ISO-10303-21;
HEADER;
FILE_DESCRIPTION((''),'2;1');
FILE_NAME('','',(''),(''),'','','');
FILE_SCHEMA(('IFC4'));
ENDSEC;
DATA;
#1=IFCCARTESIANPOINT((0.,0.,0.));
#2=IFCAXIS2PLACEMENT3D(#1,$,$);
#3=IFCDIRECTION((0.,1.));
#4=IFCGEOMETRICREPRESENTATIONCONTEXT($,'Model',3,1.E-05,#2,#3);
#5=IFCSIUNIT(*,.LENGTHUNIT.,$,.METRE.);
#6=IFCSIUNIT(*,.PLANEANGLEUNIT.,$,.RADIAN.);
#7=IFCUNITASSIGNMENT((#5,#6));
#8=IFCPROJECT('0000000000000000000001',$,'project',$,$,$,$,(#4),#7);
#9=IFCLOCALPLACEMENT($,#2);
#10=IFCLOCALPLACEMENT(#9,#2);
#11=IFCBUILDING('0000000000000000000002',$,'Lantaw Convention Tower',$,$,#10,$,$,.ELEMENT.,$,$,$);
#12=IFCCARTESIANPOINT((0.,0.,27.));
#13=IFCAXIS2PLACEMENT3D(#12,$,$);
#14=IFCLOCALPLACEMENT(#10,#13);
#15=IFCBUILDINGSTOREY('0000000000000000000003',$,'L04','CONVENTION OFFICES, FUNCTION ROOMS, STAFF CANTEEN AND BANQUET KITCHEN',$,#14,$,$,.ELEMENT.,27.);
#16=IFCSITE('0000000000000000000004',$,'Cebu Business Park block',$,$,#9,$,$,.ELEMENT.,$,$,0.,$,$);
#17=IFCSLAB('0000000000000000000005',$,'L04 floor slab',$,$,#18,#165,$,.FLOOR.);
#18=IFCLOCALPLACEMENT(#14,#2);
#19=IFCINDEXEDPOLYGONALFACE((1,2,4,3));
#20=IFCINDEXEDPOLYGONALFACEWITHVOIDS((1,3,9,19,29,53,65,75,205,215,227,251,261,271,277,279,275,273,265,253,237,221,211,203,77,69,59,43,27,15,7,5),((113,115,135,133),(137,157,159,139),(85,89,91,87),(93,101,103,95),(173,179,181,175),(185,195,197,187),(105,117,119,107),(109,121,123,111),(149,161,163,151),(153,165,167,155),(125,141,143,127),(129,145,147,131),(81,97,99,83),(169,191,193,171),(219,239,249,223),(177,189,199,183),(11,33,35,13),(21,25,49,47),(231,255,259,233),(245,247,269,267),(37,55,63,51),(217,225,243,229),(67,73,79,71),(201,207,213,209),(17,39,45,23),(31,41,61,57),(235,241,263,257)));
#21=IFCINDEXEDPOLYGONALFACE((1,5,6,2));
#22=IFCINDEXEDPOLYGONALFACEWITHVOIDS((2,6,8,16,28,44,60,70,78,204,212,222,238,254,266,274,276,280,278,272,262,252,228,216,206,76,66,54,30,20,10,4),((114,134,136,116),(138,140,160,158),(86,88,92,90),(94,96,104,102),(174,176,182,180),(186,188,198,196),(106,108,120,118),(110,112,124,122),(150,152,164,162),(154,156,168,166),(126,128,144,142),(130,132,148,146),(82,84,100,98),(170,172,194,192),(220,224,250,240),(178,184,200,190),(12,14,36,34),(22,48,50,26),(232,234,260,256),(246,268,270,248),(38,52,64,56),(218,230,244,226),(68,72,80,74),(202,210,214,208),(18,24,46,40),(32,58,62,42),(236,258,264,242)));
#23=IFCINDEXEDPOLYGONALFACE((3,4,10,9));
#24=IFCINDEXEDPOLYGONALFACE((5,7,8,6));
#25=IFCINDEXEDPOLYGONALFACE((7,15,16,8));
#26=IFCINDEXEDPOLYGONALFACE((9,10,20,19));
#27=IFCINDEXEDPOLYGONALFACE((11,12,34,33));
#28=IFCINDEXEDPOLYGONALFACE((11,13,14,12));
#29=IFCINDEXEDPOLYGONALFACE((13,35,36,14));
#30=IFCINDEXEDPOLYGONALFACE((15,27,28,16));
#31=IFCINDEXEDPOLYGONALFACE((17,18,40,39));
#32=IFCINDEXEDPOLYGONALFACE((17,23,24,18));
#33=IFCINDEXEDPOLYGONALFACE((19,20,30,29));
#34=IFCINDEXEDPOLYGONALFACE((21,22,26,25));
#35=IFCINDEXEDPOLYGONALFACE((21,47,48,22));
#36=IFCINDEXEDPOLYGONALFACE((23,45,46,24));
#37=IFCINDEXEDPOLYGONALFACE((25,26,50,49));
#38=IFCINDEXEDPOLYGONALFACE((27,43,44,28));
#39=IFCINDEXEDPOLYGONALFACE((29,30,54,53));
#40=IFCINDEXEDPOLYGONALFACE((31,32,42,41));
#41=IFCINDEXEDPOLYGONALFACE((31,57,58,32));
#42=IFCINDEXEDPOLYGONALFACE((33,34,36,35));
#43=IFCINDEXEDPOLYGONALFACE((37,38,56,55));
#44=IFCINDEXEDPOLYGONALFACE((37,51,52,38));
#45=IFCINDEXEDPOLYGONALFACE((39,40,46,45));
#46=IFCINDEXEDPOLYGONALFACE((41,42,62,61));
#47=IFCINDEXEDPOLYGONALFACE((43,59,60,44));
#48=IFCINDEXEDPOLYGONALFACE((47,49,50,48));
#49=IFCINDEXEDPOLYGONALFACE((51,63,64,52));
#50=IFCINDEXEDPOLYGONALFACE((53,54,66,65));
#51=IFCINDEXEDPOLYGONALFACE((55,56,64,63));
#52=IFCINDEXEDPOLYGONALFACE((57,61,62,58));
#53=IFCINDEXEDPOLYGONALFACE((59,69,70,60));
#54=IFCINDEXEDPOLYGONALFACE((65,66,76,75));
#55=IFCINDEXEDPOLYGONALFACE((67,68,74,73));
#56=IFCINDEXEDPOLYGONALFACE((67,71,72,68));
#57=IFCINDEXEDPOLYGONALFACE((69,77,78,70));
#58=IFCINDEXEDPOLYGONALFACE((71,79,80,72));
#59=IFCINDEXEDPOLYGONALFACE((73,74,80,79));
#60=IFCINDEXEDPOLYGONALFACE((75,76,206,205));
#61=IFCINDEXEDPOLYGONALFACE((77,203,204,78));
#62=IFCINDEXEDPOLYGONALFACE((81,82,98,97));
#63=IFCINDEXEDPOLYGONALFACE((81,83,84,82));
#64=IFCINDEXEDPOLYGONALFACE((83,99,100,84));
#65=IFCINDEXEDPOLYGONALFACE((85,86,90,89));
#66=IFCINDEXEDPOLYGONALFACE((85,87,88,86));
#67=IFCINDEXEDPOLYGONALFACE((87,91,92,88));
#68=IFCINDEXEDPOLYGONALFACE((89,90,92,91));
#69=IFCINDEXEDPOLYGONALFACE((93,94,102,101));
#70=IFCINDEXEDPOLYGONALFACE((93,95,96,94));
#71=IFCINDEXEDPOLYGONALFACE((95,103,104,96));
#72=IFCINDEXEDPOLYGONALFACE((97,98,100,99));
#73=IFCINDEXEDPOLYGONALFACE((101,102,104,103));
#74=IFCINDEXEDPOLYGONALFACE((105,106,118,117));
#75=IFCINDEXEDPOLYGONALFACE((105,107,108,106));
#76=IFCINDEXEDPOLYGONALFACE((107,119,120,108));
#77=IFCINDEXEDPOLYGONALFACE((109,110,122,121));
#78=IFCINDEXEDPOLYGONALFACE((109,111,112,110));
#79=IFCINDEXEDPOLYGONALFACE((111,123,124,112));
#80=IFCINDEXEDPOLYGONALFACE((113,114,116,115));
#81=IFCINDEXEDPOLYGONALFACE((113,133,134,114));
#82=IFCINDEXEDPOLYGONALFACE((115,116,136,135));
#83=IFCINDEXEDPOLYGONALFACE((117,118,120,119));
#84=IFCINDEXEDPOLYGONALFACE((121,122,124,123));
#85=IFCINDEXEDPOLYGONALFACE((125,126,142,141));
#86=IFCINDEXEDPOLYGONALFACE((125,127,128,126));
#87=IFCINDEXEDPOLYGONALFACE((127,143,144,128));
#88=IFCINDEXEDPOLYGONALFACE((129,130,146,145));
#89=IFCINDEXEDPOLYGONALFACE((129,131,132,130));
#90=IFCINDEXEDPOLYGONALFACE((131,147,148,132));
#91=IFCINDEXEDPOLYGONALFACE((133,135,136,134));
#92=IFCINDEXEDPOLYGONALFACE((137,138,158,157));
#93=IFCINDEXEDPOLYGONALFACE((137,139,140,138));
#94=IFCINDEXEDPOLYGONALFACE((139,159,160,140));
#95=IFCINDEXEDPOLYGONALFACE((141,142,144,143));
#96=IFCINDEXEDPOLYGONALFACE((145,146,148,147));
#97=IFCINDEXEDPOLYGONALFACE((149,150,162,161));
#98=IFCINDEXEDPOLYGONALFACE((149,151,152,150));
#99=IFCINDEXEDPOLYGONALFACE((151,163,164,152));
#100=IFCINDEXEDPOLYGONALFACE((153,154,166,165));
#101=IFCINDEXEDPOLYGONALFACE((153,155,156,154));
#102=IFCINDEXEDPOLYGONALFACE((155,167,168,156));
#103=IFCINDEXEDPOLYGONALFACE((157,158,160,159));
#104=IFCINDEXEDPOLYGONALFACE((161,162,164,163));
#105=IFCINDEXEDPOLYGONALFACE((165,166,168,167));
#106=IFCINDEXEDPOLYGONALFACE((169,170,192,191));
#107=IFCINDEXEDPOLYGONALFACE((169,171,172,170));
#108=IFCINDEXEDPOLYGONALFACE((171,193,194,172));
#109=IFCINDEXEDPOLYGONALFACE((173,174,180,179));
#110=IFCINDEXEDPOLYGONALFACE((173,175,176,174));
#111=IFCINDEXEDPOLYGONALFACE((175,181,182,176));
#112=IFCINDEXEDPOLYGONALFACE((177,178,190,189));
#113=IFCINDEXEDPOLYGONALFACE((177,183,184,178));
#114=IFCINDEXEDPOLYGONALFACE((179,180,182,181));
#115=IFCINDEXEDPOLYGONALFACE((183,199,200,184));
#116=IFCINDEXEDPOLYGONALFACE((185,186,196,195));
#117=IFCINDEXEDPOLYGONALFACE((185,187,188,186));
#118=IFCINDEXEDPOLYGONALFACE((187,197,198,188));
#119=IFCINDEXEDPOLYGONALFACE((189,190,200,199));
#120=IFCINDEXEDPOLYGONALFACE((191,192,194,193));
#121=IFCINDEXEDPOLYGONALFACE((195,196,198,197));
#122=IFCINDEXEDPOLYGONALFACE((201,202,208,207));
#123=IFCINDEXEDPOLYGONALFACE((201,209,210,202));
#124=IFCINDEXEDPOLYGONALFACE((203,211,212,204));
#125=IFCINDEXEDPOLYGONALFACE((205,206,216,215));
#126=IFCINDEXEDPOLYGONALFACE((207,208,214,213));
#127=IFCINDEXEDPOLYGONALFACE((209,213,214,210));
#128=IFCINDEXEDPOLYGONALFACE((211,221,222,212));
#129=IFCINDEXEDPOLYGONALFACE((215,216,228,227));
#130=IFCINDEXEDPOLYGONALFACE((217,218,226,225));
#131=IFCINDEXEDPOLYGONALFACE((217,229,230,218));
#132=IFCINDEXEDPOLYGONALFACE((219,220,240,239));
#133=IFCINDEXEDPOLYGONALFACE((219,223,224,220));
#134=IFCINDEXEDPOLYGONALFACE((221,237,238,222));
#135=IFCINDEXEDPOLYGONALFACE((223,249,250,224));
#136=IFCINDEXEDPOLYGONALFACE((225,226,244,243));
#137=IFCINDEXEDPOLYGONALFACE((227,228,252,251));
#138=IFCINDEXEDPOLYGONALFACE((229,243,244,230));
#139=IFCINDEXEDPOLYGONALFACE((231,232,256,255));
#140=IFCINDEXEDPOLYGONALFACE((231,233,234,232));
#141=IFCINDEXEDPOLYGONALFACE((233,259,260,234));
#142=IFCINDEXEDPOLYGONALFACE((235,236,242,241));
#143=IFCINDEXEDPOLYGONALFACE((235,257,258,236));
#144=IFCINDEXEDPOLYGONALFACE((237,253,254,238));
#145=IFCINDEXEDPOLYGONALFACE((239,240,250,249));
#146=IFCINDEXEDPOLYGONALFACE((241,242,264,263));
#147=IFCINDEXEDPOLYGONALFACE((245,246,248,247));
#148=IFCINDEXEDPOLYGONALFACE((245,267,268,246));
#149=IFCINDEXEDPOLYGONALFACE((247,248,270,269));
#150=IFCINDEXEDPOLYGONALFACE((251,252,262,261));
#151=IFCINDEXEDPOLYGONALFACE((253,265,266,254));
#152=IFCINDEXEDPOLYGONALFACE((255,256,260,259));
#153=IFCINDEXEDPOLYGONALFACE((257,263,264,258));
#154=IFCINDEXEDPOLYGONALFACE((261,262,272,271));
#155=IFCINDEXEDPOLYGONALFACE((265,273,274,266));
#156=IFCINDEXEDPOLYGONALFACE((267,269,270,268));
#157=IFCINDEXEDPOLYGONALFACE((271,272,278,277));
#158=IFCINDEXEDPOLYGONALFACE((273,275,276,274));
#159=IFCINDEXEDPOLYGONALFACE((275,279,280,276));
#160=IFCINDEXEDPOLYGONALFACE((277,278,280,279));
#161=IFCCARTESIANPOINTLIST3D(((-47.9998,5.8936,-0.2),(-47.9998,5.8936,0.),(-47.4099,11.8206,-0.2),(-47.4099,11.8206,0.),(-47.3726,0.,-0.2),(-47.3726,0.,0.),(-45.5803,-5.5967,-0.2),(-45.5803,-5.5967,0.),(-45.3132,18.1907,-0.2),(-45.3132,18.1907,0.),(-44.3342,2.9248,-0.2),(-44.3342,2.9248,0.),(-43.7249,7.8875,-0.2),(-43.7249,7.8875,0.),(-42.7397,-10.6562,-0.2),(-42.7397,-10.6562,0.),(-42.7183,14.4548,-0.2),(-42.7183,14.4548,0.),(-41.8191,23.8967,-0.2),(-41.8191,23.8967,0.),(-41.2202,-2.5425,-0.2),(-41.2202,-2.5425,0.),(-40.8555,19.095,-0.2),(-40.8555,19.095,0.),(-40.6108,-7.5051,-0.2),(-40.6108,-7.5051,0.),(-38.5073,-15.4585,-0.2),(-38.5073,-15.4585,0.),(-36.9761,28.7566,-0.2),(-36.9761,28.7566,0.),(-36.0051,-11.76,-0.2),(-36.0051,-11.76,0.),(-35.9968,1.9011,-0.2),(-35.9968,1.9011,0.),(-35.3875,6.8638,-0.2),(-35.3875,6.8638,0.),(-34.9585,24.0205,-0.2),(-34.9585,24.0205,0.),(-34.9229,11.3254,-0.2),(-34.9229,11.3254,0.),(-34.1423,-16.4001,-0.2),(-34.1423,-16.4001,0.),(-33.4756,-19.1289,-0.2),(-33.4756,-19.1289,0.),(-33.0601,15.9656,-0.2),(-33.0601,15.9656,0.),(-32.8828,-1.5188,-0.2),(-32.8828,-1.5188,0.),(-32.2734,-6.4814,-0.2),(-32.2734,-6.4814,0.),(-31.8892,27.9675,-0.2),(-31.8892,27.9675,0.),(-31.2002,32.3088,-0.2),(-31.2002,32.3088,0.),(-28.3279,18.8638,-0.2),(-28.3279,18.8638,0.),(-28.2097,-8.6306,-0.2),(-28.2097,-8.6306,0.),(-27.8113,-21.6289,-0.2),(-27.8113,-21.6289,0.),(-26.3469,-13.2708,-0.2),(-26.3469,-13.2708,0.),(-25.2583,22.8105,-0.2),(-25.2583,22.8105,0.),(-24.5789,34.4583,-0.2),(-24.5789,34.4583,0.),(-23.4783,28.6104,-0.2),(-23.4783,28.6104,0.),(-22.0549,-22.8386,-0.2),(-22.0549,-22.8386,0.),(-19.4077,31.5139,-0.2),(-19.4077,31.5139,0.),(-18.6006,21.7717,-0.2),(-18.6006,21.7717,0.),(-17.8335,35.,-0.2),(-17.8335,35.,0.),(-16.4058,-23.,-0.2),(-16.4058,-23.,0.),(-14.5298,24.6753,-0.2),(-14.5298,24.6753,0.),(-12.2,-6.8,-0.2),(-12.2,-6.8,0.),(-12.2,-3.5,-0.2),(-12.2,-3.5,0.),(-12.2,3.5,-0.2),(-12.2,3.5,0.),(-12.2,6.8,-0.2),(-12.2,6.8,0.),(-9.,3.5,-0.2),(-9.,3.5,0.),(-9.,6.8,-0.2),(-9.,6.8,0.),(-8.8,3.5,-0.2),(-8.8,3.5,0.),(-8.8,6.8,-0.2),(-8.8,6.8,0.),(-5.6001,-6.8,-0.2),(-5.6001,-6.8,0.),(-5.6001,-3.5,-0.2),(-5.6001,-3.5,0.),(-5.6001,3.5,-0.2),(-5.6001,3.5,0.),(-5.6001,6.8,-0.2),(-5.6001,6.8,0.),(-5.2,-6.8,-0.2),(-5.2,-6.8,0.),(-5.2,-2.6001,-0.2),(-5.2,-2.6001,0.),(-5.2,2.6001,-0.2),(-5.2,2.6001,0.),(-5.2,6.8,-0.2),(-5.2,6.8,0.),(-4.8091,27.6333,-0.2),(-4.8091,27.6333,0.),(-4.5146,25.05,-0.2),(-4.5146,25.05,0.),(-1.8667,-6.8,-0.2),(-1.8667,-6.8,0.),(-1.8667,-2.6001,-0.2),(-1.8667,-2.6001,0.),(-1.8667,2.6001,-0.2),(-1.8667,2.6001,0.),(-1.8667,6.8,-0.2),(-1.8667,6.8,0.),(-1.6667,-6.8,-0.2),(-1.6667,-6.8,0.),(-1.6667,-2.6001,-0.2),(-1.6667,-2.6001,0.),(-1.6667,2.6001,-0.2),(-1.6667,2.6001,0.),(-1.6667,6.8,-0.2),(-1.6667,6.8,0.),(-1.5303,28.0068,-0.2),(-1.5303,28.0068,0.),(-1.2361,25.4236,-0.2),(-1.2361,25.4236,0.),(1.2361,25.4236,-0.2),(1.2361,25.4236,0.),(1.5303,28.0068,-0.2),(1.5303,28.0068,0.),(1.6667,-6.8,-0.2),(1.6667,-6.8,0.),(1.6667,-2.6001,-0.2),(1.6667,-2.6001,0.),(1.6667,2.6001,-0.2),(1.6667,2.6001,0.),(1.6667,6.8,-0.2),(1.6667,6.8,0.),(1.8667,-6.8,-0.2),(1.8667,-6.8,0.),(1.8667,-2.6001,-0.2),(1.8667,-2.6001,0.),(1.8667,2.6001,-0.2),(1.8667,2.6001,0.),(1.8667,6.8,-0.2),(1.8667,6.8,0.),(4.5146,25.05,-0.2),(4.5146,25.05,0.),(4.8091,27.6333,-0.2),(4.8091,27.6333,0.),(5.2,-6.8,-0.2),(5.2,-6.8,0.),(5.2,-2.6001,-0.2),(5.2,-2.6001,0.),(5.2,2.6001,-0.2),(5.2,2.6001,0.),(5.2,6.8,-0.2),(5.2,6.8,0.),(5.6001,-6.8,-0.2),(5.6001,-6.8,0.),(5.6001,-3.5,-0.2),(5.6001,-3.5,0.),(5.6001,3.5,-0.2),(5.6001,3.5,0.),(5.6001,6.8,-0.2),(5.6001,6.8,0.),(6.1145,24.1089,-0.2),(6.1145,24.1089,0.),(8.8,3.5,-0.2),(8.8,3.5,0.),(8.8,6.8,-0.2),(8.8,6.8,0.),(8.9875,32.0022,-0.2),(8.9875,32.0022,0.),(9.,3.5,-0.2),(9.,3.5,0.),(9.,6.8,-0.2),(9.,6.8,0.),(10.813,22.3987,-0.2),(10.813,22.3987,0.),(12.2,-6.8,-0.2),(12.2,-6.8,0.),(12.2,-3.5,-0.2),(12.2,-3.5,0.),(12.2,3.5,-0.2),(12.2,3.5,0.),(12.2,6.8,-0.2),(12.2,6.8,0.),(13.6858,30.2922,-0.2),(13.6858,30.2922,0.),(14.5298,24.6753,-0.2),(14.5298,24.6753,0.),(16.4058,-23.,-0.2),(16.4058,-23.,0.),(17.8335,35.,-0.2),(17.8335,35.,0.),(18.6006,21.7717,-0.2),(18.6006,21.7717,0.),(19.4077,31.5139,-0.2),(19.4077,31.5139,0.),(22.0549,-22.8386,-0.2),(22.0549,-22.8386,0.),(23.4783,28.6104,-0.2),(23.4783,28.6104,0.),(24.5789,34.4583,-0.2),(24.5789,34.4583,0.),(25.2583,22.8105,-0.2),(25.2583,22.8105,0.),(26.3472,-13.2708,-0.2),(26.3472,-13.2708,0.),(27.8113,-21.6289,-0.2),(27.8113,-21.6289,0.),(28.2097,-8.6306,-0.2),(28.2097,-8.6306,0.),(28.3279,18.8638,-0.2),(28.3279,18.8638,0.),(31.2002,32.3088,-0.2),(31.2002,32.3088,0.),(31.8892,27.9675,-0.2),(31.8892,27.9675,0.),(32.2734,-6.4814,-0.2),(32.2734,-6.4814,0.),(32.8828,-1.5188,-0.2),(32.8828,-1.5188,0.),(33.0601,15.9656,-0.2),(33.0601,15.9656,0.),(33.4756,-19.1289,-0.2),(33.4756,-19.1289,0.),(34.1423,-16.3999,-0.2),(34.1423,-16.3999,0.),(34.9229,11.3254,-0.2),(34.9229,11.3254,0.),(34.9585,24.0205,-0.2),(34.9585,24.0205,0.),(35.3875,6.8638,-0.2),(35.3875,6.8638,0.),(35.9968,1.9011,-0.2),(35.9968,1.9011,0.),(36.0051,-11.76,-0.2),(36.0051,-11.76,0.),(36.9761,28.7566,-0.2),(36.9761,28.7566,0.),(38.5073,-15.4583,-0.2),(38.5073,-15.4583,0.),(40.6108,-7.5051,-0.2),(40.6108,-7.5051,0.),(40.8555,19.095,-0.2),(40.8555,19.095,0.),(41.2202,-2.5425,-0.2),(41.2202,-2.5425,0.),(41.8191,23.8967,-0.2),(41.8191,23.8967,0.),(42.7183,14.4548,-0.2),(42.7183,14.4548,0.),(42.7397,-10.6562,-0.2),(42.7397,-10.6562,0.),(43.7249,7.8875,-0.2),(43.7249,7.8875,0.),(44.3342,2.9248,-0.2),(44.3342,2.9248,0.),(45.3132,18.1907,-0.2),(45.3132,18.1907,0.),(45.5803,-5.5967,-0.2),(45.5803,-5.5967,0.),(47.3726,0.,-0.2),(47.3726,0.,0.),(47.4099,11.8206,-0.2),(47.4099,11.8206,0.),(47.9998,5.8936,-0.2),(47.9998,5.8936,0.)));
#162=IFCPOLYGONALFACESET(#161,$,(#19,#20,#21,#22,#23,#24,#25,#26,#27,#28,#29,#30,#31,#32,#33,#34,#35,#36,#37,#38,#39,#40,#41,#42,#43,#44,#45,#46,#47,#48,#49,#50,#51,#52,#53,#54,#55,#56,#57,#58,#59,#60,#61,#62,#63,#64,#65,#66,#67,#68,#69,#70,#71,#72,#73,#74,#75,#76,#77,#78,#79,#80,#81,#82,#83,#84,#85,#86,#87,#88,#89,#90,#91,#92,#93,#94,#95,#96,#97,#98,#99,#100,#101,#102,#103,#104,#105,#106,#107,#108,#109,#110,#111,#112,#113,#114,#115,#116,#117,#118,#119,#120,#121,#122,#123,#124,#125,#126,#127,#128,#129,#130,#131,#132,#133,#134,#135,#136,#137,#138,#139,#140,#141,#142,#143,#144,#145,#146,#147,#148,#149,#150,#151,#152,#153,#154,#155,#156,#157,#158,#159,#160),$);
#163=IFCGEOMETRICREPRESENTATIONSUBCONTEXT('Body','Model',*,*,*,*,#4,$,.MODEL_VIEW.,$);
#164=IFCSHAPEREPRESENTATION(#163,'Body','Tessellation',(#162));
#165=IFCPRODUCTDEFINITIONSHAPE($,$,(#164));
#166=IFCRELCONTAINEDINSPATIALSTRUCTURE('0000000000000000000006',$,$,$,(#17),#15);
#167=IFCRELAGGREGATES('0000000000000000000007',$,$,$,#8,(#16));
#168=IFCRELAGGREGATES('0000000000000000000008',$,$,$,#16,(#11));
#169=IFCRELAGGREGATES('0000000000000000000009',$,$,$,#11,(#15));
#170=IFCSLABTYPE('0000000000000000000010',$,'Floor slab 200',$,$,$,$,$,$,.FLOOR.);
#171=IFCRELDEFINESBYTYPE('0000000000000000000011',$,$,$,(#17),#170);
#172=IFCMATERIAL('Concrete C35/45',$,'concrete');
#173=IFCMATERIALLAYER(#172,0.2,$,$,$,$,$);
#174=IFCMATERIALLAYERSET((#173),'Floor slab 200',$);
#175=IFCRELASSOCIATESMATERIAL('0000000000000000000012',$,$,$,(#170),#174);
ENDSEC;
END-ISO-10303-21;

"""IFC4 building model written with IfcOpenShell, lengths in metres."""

from ifc_helpers import new_model, si_unit, direction, frame, origin, place, context, subcontext, project, spatial, polyline, outline, extrude, material, layer, layer_set, type_object, element, save


model = new_model("IFC4")

# Units and contexts
model_context = context("Model", 3, precision=1e-05, world=origin(), true_north=direction((0.0, 1.0)))
body_context = subcontext(model_context, "Body", "Model", "MODEL_VIEW")
ifc_project = project(units=[si_unit("LENGTHUNIT", "METRE"), si_unit("PLANEANGLEUNIT", "RADIAN")], contexts=[model_context])

# Site, building, storey
site_placement = place(None, origin())
site = spatial("IfcSite", under=ifc_project, at=site_placement, Name="Cebu Business Park block", CompositionType="ELEMENT", RefElevation=0.0)
building_placement = place(site_placement, origin())
building = spatial("IfcBuilding", under=site, at=building_placement, Name="Lantaw Convention Tower", CompositionType="ELEMENT")
storey_placement = place(building_placement, frame((0.0, 0.0, 27.0)))
storey = spatial("IfcBuildingStorey", under=building, at=storey_placement, Name="L04", Description="CONVENTION OFFICES, FUNCTION ROOMS, STAFF CANTEEN AND BANQUET KITCHEN", CompositionType="ELEMENT", Elevation=27.0)

# Slab
ifc_material_1 = material(Name="Concrete C35/45", Category="concrete")
ifc_layer_1 = layer(ifc_material_1, 0.2)
ifc_layer_set_1 = layer_set([ifc_layer_1], Name="Floor slab 200")
slab_type_1 = type_object("IfcSlabType", Name="Floor slab 200", PredefinedType="FLOOR", material=ifc_layer_set_1)
slab_1_placement = place(storey_placement, frame((0.0, 0.0, -0.2)))
element("IfcSlab", 1, at=slab_1_placement, inside=storey, type_object=slab_type_1, Name="L04 floor slab", PredefinedType="FLOOR", context=body_context, shape_type="SweptSolid", body=[
    extrude(outline(polyline([(45.5803, -5.5967), (47.3726, 0.0), (47.9998, 5.8936), (47.4099, 11.8206), (45.3132, 18.1907), (41.8191, 23.8967), (36.9761, 28.7566), (31.2002, 32.3088), (24.5789, 34.4583), (17.8335, 35.0), (-17.8335, 35.0), (-24.5789, 34.4583), (-31.2002, 32.3088), (-36.9761, 28.7566), (-41.8191, 23.8967), (-45.3132, 18.1907), (-47.4099, 11.8206), (-47.9998, 5.8936), (-47.3726, 0.0), (-45.5803, -5.5967), (-42.7397, -10.6562), (-38.5073, -15.4585), (-33.4756, -19.1289), (-27.8113, -21.6289), (-22.0549, -22.8386), (-16.4058, -23.0), (16.4058, -23.0), (22.0549, -22.8386), (27.8113, -21.6289), (33.4756, -19.1289), (38.5073, -15.4583), (42.7397, -10.6562), (45.5803, -5.5967)]), holes=[polyline([(-36.0051, -11.76), (-34.1423, -16.4001), (-26.3469, -13.2708), (-28.2097, -8.6306), (-36.0051, -11.76)]), polyline([(-12.2, -6.8), (-5.6001, -6.8), (-5.6001, -3.5), (-12.2, -3.5), (-12.2, -6.8)]), polyline([(-5.2, -6.8), (-1.8667, -6.8), (-1.8667, -2.6001), (-5.2, -2.6001), (-5.2, -6.8)]), polyline([(1.6667, -6.8), (1.6667, -2.6001), (-1.6667, -2.6001), (-1.6667, -6.8), (1.6667, -6.8)]), polyline([(-32.8828, -1.5188), (-41.2202, -2.5425), (-40.6108, -7.5051), (-32.2734, -6.4814), (-32.8828, -1.5188)]), polyline([(-5.2, 2.6001), (-1.8667, 2.6001), (-1.8667, 6.8), (-5.2, 6.8), (-5.2, 2.6001)]), polyline([(1.6667, 2.6001), (1.6667, 6.8), (-1.6667, 6.8), (-1.6667, 2.6001), (1.6667, 2.6001)]), polyline([(-35.3875, 6.8638), (-43.7249, 7.8875), (-44.3342, 2.9248), (-35.9968, 1.9011), (-35.3875, 6.8638)]), polyline([(-12.2, 3.5), (-9.0, 3.5), (-9.0, 6.8), (-12.2, 6.8), (-12.2, 3.5)]), polyline([(-8.8, 3.5), (-5.6001, 3.5), (-5.6001, 6.8), (-8.8, 6.8), (-8.8, 3.5)]), polyline([(-33.0601, 15.9656), (-40.8555, 19.095), (-42.7183, 14.4548), (-34.9229, 11.3254), (-33.0601, 15.9656)]), polyline([(-25.2583, 22.8105), (-31.8892, 27.9675), (-34.9585, 24.0205), (-28.3279, 18.8638), (-25.2583, 22.8105)]), polyline([(-1.2361, 25.4236), (-1.5303, 28.0068), (-4.8091, 27.6333), (-4.5146, 25.05), (-1.2361, 25.4236)]), polyline([(-19.4077, 31.5139), (-23.4783, 28.6104), (-18.6006, 21.7717), (-14.5298, 24.6753), (-19.4077, 31.5139)]), polyline([(26.3472, -13.2708), (34.1423, -16.3999), (36.0051, -11.76), (28.2097, -8.6306), (26.3472, -13.2708)]), polyline([(5.6001, -6.8), (12.2, -6.8), (12.2, -3.5), (5.6001, -3.5), (5.6001, -6.8)]), polyline([(1.8667, -6.8), (5.2, -6.8), (5.2, -2.6001), (1.8667, -2.6001), (1.8667, -6.8)]), polyline([(32.2734, -6.4814), (40.6108, -7.5051), (41.2202, -2.5425), (32.8828, -1.5188), (32.2734, -6.4814)]), polyline([(1.8667, 2.6001), (5.2, 2.6001), (5.2, 6.8), (1.8667, 6.8), (1.8667, 2.6001)]), polyline([(35.9968, 1.9011), (44.3342, 2.9248), (43.7249, 7.8875), (35.3875, 6.8638), (35.9968, 1.9011)]), polyline([(8.8, 3.5), (8.8, 6.8), (5.6001, 6.8), (5.6001, 3.5), (8.8, 3.5)]), polyline([(9.0, 3.5), (12.2, 3.5), (12.2, 6.8), (9.0, 6.8), (9.0, 3.5)]), polyline([(34.9229, 11.3254), (42.7183, 14.4548), (40.8555, 19.095), (33.0601, 15.9656), (34.9229, 11.3254)]), polyline([(28.3279, 18.8638), (34.9585, 24.0205), (31.8892, 27.9675), (25.2583, 22.8105), (28.3279, 18.8638)]), polyline([(4.5146, 25.05), (4.8091, 27.6333), (1.5303, 28.0068), (1.2361, 25.4236), (4.5146, 25.05)]), polyline([(18.6006, 21.7717), (23.4783, 28.6104), (19.4077, 31.5139), (14.5298, 24.6753), (18.6006, 21.7717)]), polyline([(10.813, 22.3987), (13.6858, 30.2922), (8.9875, 32.0022), (6.1145, 24.1089), (10.813, 22.3987)])]), origin(), (0.0, 0.0, 1.0), 0.2),
])

save(model, "model.ifc")
